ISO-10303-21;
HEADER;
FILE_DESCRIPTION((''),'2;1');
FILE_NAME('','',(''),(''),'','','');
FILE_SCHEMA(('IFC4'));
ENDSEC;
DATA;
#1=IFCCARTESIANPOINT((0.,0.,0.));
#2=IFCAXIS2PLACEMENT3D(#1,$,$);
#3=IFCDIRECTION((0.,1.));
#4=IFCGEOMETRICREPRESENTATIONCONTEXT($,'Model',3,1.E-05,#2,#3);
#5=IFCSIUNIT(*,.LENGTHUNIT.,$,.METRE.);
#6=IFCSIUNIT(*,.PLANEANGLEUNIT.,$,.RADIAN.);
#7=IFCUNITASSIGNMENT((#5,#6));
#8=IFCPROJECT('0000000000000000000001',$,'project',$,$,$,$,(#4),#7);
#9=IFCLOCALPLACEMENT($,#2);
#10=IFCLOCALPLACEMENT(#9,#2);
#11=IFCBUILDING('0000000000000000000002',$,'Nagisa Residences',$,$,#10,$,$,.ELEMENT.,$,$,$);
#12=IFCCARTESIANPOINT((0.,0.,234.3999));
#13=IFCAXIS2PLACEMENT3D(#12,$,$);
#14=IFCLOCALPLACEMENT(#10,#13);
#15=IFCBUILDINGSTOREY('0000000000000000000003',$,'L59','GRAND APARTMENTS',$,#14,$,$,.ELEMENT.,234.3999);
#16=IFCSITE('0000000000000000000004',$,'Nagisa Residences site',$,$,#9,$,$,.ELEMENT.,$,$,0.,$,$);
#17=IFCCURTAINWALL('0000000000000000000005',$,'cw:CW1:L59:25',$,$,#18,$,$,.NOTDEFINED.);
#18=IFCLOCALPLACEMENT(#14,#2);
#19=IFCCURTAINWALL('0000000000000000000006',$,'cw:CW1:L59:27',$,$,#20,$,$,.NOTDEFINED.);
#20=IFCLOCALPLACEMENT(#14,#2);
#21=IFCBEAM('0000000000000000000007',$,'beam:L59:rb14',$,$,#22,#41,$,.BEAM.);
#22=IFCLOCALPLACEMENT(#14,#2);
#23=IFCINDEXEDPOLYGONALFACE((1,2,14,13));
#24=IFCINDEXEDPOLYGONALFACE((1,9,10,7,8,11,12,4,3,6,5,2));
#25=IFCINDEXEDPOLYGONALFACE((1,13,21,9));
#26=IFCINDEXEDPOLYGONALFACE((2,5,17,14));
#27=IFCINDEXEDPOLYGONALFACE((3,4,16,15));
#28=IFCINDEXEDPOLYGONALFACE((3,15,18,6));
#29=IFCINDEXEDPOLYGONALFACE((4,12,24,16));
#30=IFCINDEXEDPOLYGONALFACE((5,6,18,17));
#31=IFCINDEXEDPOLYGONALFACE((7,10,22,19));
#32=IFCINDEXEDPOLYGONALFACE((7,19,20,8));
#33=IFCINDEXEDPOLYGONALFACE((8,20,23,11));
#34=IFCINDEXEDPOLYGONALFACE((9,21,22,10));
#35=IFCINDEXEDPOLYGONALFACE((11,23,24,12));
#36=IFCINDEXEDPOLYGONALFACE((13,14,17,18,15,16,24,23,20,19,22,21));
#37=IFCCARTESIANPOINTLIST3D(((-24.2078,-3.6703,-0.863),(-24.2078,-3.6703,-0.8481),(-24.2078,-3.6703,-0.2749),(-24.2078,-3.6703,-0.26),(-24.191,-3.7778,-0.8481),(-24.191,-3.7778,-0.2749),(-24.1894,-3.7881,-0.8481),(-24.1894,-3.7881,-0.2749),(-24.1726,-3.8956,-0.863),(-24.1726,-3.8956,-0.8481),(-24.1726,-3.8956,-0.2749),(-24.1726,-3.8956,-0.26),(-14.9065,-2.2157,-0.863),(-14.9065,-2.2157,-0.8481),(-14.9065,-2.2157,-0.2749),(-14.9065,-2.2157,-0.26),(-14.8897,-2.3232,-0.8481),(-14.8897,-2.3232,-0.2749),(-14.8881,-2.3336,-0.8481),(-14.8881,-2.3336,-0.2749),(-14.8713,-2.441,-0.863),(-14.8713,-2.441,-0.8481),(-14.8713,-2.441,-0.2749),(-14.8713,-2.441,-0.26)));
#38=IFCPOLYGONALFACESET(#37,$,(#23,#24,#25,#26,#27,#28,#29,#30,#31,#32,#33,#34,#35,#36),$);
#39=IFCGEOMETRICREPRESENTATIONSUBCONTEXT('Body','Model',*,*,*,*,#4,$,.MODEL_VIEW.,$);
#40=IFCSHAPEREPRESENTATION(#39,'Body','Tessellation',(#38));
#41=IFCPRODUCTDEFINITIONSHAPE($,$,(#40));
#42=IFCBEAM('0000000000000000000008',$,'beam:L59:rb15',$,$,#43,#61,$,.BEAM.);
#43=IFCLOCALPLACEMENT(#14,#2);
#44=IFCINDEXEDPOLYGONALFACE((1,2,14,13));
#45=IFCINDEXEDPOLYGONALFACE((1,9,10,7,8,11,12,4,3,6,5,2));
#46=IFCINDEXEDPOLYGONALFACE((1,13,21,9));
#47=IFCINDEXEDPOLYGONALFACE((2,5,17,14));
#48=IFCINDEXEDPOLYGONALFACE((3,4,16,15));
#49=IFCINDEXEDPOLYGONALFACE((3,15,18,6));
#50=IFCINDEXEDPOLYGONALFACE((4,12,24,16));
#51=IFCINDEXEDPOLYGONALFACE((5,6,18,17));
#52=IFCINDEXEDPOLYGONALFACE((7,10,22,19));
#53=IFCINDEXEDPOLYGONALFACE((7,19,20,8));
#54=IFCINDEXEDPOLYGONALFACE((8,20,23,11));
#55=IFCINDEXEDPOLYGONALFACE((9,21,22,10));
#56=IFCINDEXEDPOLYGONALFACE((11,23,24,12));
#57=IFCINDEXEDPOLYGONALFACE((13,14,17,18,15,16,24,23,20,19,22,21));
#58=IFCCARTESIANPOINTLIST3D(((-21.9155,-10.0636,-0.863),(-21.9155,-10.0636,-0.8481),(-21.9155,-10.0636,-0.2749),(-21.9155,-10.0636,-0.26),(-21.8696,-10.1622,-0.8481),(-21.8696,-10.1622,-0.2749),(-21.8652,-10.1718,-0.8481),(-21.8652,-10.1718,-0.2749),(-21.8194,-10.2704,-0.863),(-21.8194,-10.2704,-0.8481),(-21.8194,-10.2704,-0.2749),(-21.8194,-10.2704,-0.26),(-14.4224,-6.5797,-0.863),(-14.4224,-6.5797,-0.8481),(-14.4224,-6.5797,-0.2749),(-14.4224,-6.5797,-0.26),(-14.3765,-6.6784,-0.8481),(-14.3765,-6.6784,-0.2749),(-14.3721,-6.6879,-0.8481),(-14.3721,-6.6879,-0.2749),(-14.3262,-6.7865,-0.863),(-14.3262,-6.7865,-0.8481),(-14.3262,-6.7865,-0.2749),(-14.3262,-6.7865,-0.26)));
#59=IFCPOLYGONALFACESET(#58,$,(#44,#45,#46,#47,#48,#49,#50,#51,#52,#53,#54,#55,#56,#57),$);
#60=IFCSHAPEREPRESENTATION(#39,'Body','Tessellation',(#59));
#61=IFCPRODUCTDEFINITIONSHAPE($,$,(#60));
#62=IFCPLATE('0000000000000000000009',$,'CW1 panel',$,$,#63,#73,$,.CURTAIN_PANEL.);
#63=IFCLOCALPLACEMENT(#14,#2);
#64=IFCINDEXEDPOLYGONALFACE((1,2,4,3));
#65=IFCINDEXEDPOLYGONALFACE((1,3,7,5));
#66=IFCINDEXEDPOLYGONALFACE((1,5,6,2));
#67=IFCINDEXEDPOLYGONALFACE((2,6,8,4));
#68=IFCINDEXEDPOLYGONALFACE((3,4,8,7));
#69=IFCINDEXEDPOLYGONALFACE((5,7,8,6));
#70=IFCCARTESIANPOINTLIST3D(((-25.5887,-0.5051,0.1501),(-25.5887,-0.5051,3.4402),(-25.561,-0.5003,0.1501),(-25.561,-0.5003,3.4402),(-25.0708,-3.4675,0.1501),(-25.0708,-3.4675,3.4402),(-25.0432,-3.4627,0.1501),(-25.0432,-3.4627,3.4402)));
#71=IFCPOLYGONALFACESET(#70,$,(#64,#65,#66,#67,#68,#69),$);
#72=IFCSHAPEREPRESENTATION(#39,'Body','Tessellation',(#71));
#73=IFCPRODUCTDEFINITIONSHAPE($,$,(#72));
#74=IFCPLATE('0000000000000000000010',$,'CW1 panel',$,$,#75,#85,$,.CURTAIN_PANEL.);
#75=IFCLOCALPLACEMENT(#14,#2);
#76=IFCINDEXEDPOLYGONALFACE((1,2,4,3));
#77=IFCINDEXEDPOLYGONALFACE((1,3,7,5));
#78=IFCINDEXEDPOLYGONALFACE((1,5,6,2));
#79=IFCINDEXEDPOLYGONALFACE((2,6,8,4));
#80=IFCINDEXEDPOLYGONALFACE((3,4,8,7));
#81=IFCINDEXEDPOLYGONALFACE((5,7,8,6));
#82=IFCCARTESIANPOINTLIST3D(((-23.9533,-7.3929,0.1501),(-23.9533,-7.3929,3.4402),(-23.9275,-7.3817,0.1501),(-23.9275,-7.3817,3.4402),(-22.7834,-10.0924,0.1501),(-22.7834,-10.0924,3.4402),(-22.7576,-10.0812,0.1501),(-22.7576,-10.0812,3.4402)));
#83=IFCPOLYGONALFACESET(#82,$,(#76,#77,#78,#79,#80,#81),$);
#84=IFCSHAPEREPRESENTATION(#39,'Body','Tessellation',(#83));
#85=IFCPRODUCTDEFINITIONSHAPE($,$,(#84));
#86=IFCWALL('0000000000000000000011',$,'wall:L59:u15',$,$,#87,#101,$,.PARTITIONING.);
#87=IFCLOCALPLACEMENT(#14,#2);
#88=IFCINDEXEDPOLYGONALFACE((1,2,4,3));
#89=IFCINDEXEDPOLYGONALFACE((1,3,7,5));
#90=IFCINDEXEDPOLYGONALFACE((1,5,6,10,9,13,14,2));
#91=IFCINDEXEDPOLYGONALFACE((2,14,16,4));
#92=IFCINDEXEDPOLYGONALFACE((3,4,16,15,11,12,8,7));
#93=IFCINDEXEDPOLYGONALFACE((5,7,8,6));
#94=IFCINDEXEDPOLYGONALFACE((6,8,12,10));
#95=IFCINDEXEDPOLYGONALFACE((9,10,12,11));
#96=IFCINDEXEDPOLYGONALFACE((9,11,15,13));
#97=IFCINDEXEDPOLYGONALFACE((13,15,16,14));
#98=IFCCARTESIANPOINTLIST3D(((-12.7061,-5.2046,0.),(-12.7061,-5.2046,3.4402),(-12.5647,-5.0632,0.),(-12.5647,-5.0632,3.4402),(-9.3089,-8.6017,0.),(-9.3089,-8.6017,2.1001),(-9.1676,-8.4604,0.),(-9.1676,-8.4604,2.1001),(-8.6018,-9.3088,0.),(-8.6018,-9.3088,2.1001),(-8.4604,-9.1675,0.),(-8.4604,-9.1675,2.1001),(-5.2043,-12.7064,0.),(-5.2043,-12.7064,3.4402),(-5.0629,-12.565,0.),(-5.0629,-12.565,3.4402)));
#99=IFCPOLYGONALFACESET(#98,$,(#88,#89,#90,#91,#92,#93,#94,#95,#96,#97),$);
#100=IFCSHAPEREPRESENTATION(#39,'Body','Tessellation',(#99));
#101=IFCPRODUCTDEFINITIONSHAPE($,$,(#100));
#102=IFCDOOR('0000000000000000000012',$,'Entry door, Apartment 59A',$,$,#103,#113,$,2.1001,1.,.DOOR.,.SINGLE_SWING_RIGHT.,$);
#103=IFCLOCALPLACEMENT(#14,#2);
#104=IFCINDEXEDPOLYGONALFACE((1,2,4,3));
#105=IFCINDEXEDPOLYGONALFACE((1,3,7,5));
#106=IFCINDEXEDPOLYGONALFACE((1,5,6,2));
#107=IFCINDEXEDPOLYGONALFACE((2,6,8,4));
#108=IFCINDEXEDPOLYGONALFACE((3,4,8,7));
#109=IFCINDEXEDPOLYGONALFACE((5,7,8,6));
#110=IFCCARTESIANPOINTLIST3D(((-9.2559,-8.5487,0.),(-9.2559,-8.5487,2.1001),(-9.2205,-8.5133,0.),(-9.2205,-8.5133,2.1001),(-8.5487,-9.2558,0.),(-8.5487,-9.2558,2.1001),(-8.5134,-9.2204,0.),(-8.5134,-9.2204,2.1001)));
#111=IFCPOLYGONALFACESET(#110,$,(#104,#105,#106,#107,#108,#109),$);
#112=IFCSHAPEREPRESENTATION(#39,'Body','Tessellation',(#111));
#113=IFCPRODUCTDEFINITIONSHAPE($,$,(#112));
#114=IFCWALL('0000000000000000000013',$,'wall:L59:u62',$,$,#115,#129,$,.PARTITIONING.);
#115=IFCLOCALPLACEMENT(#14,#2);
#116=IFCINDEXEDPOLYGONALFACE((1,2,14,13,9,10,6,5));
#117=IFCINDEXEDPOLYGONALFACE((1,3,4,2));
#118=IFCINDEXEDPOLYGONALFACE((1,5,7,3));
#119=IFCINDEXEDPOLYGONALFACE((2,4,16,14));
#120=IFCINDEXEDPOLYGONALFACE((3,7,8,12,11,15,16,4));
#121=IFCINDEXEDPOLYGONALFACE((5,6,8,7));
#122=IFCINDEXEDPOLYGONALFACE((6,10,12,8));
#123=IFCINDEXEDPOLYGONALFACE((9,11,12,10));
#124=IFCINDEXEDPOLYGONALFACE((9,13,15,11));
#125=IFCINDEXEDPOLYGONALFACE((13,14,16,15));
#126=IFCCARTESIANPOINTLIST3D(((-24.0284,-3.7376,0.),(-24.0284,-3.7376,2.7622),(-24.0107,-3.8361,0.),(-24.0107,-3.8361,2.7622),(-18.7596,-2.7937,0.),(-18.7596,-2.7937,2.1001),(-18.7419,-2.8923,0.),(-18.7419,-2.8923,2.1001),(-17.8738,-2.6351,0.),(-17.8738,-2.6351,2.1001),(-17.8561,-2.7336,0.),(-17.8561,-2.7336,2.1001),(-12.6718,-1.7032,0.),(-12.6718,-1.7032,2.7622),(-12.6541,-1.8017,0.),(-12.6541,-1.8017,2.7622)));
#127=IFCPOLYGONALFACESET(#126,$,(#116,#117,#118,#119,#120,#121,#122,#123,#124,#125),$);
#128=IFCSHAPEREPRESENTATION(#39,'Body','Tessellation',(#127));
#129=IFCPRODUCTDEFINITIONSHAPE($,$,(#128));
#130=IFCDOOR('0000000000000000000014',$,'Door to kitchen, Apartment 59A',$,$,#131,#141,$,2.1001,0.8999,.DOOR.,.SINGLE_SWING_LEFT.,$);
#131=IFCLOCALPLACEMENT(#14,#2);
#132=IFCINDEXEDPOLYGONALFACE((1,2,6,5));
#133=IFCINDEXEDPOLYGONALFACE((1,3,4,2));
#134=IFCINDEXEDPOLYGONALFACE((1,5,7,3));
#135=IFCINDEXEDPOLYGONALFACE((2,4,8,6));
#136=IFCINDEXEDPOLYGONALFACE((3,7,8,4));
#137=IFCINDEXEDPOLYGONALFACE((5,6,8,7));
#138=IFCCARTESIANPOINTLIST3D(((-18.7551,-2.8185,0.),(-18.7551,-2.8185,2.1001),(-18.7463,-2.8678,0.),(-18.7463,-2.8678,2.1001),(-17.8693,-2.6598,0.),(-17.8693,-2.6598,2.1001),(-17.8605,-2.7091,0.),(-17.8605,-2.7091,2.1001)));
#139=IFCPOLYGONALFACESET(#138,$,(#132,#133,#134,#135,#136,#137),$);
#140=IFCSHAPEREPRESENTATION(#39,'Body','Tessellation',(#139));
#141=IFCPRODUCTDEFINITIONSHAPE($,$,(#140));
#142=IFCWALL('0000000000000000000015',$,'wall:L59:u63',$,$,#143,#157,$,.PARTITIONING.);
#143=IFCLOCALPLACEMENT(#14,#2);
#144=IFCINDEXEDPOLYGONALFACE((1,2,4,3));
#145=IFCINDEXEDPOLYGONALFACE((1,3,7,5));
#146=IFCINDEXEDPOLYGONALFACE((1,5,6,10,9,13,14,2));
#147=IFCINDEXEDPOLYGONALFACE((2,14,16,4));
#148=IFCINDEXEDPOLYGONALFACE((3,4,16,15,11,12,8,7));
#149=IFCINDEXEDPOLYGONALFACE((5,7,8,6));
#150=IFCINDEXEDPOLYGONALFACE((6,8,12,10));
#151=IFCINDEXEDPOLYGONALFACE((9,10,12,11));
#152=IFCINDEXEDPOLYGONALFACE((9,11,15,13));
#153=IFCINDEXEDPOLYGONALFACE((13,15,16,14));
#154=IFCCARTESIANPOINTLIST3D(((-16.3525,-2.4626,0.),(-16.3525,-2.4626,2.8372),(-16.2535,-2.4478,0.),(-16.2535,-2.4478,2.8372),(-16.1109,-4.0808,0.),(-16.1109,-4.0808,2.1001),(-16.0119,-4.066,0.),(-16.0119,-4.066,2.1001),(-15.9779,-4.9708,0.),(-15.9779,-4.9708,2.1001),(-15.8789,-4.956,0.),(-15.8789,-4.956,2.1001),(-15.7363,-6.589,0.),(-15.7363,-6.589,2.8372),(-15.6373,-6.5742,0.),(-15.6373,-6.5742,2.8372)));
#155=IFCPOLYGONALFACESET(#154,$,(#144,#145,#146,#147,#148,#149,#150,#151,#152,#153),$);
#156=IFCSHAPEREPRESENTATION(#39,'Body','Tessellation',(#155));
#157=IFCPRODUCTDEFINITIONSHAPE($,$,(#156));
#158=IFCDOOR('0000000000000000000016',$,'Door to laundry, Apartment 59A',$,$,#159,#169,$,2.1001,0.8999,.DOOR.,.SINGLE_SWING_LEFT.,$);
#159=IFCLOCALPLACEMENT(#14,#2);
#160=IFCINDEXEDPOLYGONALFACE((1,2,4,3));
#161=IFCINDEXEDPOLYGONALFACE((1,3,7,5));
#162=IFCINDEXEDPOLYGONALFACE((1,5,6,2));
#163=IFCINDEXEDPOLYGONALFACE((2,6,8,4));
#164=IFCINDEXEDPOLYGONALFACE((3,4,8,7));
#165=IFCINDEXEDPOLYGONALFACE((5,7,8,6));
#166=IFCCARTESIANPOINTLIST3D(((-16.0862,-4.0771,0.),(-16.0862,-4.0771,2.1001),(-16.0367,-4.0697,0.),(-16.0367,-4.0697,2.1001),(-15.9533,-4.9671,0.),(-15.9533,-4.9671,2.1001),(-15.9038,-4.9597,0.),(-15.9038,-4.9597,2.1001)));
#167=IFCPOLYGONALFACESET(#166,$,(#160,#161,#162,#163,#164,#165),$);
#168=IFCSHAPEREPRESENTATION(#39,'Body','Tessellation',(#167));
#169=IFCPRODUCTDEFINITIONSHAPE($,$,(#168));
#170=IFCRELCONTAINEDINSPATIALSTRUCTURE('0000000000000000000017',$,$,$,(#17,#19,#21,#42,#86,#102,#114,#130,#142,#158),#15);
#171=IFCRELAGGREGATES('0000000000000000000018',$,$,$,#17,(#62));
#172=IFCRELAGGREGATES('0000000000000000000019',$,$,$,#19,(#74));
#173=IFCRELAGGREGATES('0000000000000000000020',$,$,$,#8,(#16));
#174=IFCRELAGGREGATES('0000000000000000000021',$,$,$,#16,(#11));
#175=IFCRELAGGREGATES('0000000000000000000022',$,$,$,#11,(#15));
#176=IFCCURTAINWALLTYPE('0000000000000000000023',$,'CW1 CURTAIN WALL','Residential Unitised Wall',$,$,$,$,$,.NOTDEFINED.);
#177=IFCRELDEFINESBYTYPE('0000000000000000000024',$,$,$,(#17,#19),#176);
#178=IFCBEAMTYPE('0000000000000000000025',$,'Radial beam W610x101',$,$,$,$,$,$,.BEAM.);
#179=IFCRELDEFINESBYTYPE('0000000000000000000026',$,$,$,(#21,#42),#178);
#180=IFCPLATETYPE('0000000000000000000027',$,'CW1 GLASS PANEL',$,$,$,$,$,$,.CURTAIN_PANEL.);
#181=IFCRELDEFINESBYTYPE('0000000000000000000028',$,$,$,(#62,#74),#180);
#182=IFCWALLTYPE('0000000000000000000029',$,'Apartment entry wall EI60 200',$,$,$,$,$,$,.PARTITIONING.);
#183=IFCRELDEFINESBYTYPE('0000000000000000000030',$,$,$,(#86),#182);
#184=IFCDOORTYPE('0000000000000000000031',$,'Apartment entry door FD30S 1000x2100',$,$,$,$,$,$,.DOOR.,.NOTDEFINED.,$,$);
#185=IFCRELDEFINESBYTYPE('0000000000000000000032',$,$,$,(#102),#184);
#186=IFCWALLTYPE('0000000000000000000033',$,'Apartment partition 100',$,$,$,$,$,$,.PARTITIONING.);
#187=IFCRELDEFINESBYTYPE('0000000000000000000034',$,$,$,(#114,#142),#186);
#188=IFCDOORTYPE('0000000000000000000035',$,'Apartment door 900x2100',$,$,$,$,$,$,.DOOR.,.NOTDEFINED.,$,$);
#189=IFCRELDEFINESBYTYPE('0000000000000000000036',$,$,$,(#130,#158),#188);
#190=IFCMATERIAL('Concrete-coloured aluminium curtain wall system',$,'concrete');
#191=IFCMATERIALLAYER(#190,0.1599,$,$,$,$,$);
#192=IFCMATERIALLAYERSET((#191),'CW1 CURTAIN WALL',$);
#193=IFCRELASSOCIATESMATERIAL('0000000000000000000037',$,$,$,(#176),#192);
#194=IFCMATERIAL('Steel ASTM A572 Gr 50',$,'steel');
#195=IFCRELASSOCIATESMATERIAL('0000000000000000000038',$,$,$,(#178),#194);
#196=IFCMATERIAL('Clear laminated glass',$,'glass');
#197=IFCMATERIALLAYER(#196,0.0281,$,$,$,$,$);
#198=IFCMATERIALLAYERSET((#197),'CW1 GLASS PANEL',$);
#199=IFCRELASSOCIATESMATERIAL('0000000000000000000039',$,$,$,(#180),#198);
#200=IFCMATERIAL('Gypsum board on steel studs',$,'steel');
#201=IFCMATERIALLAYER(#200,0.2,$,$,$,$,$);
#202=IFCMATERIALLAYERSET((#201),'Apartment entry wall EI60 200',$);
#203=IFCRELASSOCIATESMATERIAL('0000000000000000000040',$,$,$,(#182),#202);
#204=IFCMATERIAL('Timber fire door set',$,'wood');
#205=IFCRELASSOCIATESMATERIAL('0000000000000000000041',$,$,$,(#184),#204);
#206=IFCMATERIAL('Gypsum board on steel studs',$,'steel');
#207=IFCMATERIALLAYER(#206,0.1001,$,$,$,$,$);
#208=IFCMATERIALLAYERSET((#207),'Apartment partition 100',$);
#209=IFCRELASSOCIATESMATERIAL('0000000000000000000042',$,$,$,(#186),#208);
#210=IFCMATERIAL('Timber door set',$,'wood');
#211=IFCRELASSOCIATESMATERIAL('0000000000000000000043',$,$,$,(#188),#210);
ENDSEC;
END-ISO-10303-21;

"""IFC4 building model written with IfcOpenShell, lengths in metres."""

from ifc_helpers import new_model, si_unit, direction, frame, frame_2d, origin, origin_2d, place, context, subcontext, project, spatial, rectangle, i_section, extrude, material, layer, layer_set, material_profile, profile_set, type_object, element, fill, aggregate, save


model = new_model("IFC4")

# Units and contexts
model_context = context("Model", 3, precision=1e-05, world=origin(), true_north=direction((0.0, 1.0)))
body_context = subcontext(model_context, "Body", "Model", "MODEL_VIEW")
ifc_project = project(units=[si_unit("LENGTHUNIT", "METRE"), si_unit("PLANEANGLEUNIT", "RADIAN")], contexts=[model_context])

# Site, building, storey
site_placement = place(None, origin())
site = spatial("IfcSite", under=ifc_project, at=site_placement, Name="Nagisa Residences site", CompositionType="ELEMENT", RefElevation=0.0)
building_placement = place(site_placement, origin())
building = spatial("IfcBuilding", under=site, at=building_placement, Name="Nagisa Residences", CompositionType="ELEMENT")
storey_placement = place(building_placement, frame((0.0, 0.0, 234.3999)))
storey = spatial("IfcBuildingStorey", under=building, at=storey_placement, Name="L59", Description="GRAND APARTMENTS", CompositionType="ELEMENT", Elevation=234.3999)

# Curtain walls
ifc_material_1 = material(Name="Concrete-coloured aluminium curtain wall system", Category="concrete")
ifc_layer_1 = layer(ifc_material_1, 0.1599)
ifc_layer_set_1 = layer_set([ifc_layer_1], Name="CW1 CURTAIN WALL")
curtain_wall_type = type_object("IfcCurtainWallType", Name="CW1 CURTAIN WALL", Description="Residential Unitised Wall", PredefinedType="NOTDEFINED", material=ifc_layer_set_1)
curtain_wall_1_placement = place(storey_placement, origin())
curtain_wall_1 = element("IfcCurtainWall", 1, at=curtain_wall_1_placement, inside=storey, type_object=curtain_wall_type, Name="cw:CW1:L59:25", PredefinedType="NOTDEFINED")
curtain_wall_2_placement = place(storey_placement, origin())
curtain_wall_2 = element("IfcCurtainWall", 2, at=curtain_wall_2_placement, inside=storey, type_object=curtain_wall_type, Name="cw:CW1:L59:27", PredefinedType="NOTDEFINED")

# Beams
ifc_material_2 = material(Name="Steel ASTM A572 Gr 50", Category="steel")
ifc_material_profile_1 = material_profile(ifc_material_2, i_section(OverallWidth=0.228, OverallDepth=0.603, WebThickness=0.0105, FlangeThickness=0.0149, at=origin_2d()), Name="W610x101")
ifc_profile_set_1 = profile_set([ifc_material_profile_1], Name="Steel ASTM A572 Gr 50")
beam_type_1 = type_object("IfcBeamType", Name="Radial beam W610x101", PredefinedType="BEAM", material=ifc_profile_set_1)
beam_1_placement = place(storey_placement, frame((-24.1902, -3.783, -0.5615), z_axis=(0.987992, 0.154508, 0.0), x_axis=(-0.154508, 0.987992, 0.0)))
element("IfcBeam", 3, at=beam_1_placement, inside=storey, type_object=beam_type_1, Name="beam:L59:rb14", PredefinedType="BEAM", context=body_context, shape_type="SweptSolid", body=[
    extrude(i_section(OverallWidth=0.228, OverallDepth=0.603, WebThickness=0.0105, FlangeThickness=0.0149, at=origin_2d()), origin(), (0.0, 0.0, 1.0), 9.4143),
])
beam_2_placement = place(storey_placement, frame((-21.8674, -10.167, -0.5615), z_axis=(0.906782, 0.421601, 0.0), x_axis=(-0.421601, 0.906782, 0.0)))
element("IfcBeam", 4, at=beam_2_placement, inside=storey, type_object=beam_type_1, Name="beam:L59:rb15", PredefinedType="BEAM", context=body_context, shape_type="SweptSolid", body=[
    extrude(i_section(OverallWidth=0.228, OverallDepth=0.603, WebThickness=0.0105, FlangeThickness=0.0149, at=origin_2d()), origin(), (0.0, 0.0, 1.0), 8.2634),
])

# Plates
ifc_material_3 = material(Name="Clear laminated glass", Category="glass")
ifc_layer_2 = layer(ifc_material_3, 0.0281)
ifc_layer_set_2 = layer_set([ifc_layer_2], Name="CW1 GLASS PANEL")
plate_type = type_object("IfcPlateType", Name="CW1 GLASS PANEL", PredefinedType="CURTAIN_PANEL", material=ifc_layer_set_2)
plate_1_placement = place(storey_placement, frame((-25.3159, -1.9839, 0.1501), z_axis=(0.0, 0.0, 1.0), x_axis=(0.172191, -0.985064, 0.0)))
plate_1 = element("IfcPlate", 5, at=plate_1_placement, type_object=plate_type, Name="CW1 panel", PredefinedType="CURTAIN_PANEL", context=body_context, shape_type="SweptSolid", body=[
    extrude(rectangle(XDim=3.0073, YDim=0.0281, at=origin_2d()), origin(), (0.0, 0.0, 1.0), 3.29),
])
aggregate(curtain_wall_1, [plate_1])
plate_2_placement = place(storey_placement, frame((-23.3555, -8.7371, 0.1501), z_axis=(0.0, 0.0, 1.0), x_axis=(0.397636, -0.917543, 0.0)))
plate_2 = element("IfcPlate", 6, at=plate_2_placement, type_object=plate_type, Name="CW1 panel", PredefinedType="CURTAIN_PANEL", context=body_context, shape_type="SweptSolid", body=[
    extrude(rectangle(XDim=2.9421, YDim=0.0281, at=origin_2d()), origin(), (0.0, 0.0, 1.0), 3.29),
])
aggregate(curtain_wall_2, [plate_2])

# Walls, openings, doors
ifc_material_4 = material(Name="Gypsum board on steel studs", Category="steel")
ifc_layer_3 = layer(ifc_material_4, 0.2)
ifc_layer_set_3 = layer_set([ifc_layer_3], Name="Apartment entry wall EI60 200")
wall_type_1 = type_object("IfcWallType", Name="Apartment entry wall EI60 200", PredefinedType="PARTITIONING", material=ifc_layer_set_3)
wall_1_placement = place(storey_placement, frame((-12.6355, -5.1338, 0.0), z_axis=(0.0, 0.0, 1.0), x_axis=(0.707107, -0.707107, 0.0)))
wall_1 = element("IfcWall", 7, at=wall_1_placement, inside=storey, type_object=wall_type_1, Name="wall:L59:u15", PredefinedType="PARTITIONING", context=body_context, shape_type="SweptSolid", body=[
    extrude(rectangle(XDim=10.6091, YDim=0.2, at=frame_2d((5.3047, 0.0))), origin(), (0.0, 0.0, 1.0), 3.4402),
])
opening_1_placement = place(wall_1_placement, frame((4.8044, 0.0, 0.0)))
opening_1 = element("IfcOpeningElement", 8, at=opening_1_placement, cuts=wall_1, PredefinedType="OPENING", context=body_context, shape_type="SweptSolid", body=[
    extrude(rectangle(XDim=1.0, YDim=2.1001, at=frame_2d((0.5, 1.05))), frame((0.0, 0.1099, 0.0), z_axis=(0.0, -1.0, 0.0), x_axis=(1.0, 0.0, 0.0)), (0.0, 0.0, 1.0), 0.22),
])
ifc_material_5 = material(Name="Timber fire door set", Category="wood")
door_type_1 = type_object("IfcDoorType", Name="Apartment entry door FD30S 1000x2100", OperationType="NOTDEFINED", PredefinedType="DOOR", material=ifc_material_5)
door_1_placement = place(opening_1_placement, frame((1.0, 0.0, 0.0), x_axis=(-1.0, 0.0, 0.0)))
door_1 = element("IfcDoor", 9, at=door_1_placement, inside=storey, type_object=door_type_1, Name="Entry door, Apartment 59A", OperationType="SINGLE_SWING_RIGHT", OverallHeight=2.1001, OverallWidth=1.0, PredefinedType="DOOR", context=body_context, shape_type="SweptSolid", body=[
    extrude(rectangle(XDim=1.0, YDim=2.1001, at=frame_2d((0.5, 1.05))), frame((0.0, 0.0249, 0.0), z_axis=(0.0, -1.0, 0.0), x_axis=(1.0, 0.0, 0.0)), (0.0, 0.0, 1.0), 0.05),
])
fill(opening_1, door_1)
ifc_material_6 = material(Name="Gypsum board on steel studs", Category="steel")
ifc_layer_4 = layer(ifc_material_6, 0.1001)
ifc_layer_set_4 = layer_set([ifc_layer_4], Name="Apartment partition 100")
wall_type_2 = type_object("IfcWallType", Name="Apartment partition 100", PredefinedType="PARTITIONING", material=ifc_layer_set_4)
wall_2_placement = place(storey_placement, frame((-12.6631, -1.7524, 0.0), z_axis=(0.0, 0.0, 1.0), x_axis=(-0.98433, -0.176336, 0.0)))
wall_2 = element("IfcWall", 10, at=wall_2_placement, inside=storey, type_object=wall_type_2, Name="wall:L59:u62", PredefinedType="PARTITIONING", context=body_context, shape_type="SweptSolid", body=[
    extrude(rectangle(XDim=11.5374, YDim=0.1001, at=frame_2d((5.7686, 0.0))), origin(), (0.0, 0.0, 1.0), 2.7622),
])
opening_2_placement = place(wall_2_placement, frame((5.2847, 0.0, 0.0)))
opening_2 = element("IfcOpeningElement", 11, at=opening_2_placement, cuts=wall_2, PredefinedType="OPENING", context=body_context, shape_type="SweptSolid", body=[
    extrude(rectangle(XDim=0.8999, YDim=2.1001, at=frame_2d((0.45, 1.05))), frame((0.0, 0.0601, 0.0), z_axis=(0.0, -1.0, 0.0), x_axis=(1.0, 0.0, 0.0)), (0.0, 0.0, 1.0), 0.1201),
])
ifc_material_7 = material(Name="Timber door set", Category="wood")
door_type_2 = type_object("IfcDoorType", Name="Apartment door 900x2100", OperationType="NOTDEFINED", PredefinedType="DOOR", material=ifc_material_7)
door_2_placement = place(opening_2_placement, frame((0.8999, 0.0, 0.0), x_axis=(-1.0, 0.0, 0.0)))
door_2 = element("IfcDoor", 12, at=door_2_placement, inside=storey, type_object=door_type_2, Name="Door to kitchen, Apartment 59A", OperationType="SINGLE_SWING_LEFT", OverallHeight=2.1001, OverallWidth=0.8999, PredefinedType="DOOR", context=body_context, shape_type="SweptSolid", body=[
    extrude(rectangle(XDim=0.8999, YDim=2.1001, at=frame_2d((0.45, 1.05))), frame((0.0, 0.0249, 0.0), z_axis=(0.0, -1.0, 0.0), x_axis=(1.0, 0.0, 0.0)), (0.0, 0.0, 1.0), 0.05),
])
fill(opening_2, door_2)
wall_3_placement = place(storey_placement, frame((-16.303, -2.4553, 0.0), z_axis=(0.0, 0.0, 1.0), x_axis=(0.147694, -0.989033, 0.0)))
wall_3 = element("IfcWall", 13, at=wall_3_placement, inside=storey, type_object=wall_type_2, Name="wall:L59:u63", PredefinedType="PARTITIONING", context=body_context, shape_type="SweptSolid", body=[
    extrude(rectangle(XDim=4.1721, YDim=0.1001, at=frame_2d((2.0859, 0.0))), origin(), (0.0, 0.0, 1.0), 2.8372),
])
opening_3_placement = place(wall_3_placement, frame((1.636, 0.0, 0.0)))
opening_3 = element("IfcOpeningElement", 14, at=opening_3_placement, cuts=wall_3, PredefinedType="OPENING", context=body_context, shape_type="SweptSolid", body=[
    extrude(rectangle(XDim=0.8999, YDim=2.1001, at=frame_2d((0.45, 1.05))), frame((0.0, 0.0601, 0.0), z_axis=(0.0, -1.0, 0.0), x_axis=(1.0, 0.0, 0.0)), (0.0, 0.0, 1.0), 0.1201),
])
door_3_placement = place(opening_3_placement, origin())
door_3 = element("IfcDoor", 15, at=door_3_placement, inside=storey, type_object=door_type_2, Name="Door to laundry, Apartment 59A", OperationType="SINGLE_SWING_LEFT", OverallHeight=2.1001, OverallWidth=0.8999, PredefinedType="DOOR", context=body_context, shape_type="SweptSolid", body=[
    extrude(rectangle(XDim=0.8999, YDim=2.1001, at=frame_2d((0.45, 1.05))), frame((0.0, 0.0249, 0.0), z_axis=(0.0, -1.0, 0.0), x_axis=(1.0, 0.0, 0.0)), (0.0, 0.0, 1.0), 0.05),
])
fill(opening_3, door_3)

save(model, "model.ifc")
